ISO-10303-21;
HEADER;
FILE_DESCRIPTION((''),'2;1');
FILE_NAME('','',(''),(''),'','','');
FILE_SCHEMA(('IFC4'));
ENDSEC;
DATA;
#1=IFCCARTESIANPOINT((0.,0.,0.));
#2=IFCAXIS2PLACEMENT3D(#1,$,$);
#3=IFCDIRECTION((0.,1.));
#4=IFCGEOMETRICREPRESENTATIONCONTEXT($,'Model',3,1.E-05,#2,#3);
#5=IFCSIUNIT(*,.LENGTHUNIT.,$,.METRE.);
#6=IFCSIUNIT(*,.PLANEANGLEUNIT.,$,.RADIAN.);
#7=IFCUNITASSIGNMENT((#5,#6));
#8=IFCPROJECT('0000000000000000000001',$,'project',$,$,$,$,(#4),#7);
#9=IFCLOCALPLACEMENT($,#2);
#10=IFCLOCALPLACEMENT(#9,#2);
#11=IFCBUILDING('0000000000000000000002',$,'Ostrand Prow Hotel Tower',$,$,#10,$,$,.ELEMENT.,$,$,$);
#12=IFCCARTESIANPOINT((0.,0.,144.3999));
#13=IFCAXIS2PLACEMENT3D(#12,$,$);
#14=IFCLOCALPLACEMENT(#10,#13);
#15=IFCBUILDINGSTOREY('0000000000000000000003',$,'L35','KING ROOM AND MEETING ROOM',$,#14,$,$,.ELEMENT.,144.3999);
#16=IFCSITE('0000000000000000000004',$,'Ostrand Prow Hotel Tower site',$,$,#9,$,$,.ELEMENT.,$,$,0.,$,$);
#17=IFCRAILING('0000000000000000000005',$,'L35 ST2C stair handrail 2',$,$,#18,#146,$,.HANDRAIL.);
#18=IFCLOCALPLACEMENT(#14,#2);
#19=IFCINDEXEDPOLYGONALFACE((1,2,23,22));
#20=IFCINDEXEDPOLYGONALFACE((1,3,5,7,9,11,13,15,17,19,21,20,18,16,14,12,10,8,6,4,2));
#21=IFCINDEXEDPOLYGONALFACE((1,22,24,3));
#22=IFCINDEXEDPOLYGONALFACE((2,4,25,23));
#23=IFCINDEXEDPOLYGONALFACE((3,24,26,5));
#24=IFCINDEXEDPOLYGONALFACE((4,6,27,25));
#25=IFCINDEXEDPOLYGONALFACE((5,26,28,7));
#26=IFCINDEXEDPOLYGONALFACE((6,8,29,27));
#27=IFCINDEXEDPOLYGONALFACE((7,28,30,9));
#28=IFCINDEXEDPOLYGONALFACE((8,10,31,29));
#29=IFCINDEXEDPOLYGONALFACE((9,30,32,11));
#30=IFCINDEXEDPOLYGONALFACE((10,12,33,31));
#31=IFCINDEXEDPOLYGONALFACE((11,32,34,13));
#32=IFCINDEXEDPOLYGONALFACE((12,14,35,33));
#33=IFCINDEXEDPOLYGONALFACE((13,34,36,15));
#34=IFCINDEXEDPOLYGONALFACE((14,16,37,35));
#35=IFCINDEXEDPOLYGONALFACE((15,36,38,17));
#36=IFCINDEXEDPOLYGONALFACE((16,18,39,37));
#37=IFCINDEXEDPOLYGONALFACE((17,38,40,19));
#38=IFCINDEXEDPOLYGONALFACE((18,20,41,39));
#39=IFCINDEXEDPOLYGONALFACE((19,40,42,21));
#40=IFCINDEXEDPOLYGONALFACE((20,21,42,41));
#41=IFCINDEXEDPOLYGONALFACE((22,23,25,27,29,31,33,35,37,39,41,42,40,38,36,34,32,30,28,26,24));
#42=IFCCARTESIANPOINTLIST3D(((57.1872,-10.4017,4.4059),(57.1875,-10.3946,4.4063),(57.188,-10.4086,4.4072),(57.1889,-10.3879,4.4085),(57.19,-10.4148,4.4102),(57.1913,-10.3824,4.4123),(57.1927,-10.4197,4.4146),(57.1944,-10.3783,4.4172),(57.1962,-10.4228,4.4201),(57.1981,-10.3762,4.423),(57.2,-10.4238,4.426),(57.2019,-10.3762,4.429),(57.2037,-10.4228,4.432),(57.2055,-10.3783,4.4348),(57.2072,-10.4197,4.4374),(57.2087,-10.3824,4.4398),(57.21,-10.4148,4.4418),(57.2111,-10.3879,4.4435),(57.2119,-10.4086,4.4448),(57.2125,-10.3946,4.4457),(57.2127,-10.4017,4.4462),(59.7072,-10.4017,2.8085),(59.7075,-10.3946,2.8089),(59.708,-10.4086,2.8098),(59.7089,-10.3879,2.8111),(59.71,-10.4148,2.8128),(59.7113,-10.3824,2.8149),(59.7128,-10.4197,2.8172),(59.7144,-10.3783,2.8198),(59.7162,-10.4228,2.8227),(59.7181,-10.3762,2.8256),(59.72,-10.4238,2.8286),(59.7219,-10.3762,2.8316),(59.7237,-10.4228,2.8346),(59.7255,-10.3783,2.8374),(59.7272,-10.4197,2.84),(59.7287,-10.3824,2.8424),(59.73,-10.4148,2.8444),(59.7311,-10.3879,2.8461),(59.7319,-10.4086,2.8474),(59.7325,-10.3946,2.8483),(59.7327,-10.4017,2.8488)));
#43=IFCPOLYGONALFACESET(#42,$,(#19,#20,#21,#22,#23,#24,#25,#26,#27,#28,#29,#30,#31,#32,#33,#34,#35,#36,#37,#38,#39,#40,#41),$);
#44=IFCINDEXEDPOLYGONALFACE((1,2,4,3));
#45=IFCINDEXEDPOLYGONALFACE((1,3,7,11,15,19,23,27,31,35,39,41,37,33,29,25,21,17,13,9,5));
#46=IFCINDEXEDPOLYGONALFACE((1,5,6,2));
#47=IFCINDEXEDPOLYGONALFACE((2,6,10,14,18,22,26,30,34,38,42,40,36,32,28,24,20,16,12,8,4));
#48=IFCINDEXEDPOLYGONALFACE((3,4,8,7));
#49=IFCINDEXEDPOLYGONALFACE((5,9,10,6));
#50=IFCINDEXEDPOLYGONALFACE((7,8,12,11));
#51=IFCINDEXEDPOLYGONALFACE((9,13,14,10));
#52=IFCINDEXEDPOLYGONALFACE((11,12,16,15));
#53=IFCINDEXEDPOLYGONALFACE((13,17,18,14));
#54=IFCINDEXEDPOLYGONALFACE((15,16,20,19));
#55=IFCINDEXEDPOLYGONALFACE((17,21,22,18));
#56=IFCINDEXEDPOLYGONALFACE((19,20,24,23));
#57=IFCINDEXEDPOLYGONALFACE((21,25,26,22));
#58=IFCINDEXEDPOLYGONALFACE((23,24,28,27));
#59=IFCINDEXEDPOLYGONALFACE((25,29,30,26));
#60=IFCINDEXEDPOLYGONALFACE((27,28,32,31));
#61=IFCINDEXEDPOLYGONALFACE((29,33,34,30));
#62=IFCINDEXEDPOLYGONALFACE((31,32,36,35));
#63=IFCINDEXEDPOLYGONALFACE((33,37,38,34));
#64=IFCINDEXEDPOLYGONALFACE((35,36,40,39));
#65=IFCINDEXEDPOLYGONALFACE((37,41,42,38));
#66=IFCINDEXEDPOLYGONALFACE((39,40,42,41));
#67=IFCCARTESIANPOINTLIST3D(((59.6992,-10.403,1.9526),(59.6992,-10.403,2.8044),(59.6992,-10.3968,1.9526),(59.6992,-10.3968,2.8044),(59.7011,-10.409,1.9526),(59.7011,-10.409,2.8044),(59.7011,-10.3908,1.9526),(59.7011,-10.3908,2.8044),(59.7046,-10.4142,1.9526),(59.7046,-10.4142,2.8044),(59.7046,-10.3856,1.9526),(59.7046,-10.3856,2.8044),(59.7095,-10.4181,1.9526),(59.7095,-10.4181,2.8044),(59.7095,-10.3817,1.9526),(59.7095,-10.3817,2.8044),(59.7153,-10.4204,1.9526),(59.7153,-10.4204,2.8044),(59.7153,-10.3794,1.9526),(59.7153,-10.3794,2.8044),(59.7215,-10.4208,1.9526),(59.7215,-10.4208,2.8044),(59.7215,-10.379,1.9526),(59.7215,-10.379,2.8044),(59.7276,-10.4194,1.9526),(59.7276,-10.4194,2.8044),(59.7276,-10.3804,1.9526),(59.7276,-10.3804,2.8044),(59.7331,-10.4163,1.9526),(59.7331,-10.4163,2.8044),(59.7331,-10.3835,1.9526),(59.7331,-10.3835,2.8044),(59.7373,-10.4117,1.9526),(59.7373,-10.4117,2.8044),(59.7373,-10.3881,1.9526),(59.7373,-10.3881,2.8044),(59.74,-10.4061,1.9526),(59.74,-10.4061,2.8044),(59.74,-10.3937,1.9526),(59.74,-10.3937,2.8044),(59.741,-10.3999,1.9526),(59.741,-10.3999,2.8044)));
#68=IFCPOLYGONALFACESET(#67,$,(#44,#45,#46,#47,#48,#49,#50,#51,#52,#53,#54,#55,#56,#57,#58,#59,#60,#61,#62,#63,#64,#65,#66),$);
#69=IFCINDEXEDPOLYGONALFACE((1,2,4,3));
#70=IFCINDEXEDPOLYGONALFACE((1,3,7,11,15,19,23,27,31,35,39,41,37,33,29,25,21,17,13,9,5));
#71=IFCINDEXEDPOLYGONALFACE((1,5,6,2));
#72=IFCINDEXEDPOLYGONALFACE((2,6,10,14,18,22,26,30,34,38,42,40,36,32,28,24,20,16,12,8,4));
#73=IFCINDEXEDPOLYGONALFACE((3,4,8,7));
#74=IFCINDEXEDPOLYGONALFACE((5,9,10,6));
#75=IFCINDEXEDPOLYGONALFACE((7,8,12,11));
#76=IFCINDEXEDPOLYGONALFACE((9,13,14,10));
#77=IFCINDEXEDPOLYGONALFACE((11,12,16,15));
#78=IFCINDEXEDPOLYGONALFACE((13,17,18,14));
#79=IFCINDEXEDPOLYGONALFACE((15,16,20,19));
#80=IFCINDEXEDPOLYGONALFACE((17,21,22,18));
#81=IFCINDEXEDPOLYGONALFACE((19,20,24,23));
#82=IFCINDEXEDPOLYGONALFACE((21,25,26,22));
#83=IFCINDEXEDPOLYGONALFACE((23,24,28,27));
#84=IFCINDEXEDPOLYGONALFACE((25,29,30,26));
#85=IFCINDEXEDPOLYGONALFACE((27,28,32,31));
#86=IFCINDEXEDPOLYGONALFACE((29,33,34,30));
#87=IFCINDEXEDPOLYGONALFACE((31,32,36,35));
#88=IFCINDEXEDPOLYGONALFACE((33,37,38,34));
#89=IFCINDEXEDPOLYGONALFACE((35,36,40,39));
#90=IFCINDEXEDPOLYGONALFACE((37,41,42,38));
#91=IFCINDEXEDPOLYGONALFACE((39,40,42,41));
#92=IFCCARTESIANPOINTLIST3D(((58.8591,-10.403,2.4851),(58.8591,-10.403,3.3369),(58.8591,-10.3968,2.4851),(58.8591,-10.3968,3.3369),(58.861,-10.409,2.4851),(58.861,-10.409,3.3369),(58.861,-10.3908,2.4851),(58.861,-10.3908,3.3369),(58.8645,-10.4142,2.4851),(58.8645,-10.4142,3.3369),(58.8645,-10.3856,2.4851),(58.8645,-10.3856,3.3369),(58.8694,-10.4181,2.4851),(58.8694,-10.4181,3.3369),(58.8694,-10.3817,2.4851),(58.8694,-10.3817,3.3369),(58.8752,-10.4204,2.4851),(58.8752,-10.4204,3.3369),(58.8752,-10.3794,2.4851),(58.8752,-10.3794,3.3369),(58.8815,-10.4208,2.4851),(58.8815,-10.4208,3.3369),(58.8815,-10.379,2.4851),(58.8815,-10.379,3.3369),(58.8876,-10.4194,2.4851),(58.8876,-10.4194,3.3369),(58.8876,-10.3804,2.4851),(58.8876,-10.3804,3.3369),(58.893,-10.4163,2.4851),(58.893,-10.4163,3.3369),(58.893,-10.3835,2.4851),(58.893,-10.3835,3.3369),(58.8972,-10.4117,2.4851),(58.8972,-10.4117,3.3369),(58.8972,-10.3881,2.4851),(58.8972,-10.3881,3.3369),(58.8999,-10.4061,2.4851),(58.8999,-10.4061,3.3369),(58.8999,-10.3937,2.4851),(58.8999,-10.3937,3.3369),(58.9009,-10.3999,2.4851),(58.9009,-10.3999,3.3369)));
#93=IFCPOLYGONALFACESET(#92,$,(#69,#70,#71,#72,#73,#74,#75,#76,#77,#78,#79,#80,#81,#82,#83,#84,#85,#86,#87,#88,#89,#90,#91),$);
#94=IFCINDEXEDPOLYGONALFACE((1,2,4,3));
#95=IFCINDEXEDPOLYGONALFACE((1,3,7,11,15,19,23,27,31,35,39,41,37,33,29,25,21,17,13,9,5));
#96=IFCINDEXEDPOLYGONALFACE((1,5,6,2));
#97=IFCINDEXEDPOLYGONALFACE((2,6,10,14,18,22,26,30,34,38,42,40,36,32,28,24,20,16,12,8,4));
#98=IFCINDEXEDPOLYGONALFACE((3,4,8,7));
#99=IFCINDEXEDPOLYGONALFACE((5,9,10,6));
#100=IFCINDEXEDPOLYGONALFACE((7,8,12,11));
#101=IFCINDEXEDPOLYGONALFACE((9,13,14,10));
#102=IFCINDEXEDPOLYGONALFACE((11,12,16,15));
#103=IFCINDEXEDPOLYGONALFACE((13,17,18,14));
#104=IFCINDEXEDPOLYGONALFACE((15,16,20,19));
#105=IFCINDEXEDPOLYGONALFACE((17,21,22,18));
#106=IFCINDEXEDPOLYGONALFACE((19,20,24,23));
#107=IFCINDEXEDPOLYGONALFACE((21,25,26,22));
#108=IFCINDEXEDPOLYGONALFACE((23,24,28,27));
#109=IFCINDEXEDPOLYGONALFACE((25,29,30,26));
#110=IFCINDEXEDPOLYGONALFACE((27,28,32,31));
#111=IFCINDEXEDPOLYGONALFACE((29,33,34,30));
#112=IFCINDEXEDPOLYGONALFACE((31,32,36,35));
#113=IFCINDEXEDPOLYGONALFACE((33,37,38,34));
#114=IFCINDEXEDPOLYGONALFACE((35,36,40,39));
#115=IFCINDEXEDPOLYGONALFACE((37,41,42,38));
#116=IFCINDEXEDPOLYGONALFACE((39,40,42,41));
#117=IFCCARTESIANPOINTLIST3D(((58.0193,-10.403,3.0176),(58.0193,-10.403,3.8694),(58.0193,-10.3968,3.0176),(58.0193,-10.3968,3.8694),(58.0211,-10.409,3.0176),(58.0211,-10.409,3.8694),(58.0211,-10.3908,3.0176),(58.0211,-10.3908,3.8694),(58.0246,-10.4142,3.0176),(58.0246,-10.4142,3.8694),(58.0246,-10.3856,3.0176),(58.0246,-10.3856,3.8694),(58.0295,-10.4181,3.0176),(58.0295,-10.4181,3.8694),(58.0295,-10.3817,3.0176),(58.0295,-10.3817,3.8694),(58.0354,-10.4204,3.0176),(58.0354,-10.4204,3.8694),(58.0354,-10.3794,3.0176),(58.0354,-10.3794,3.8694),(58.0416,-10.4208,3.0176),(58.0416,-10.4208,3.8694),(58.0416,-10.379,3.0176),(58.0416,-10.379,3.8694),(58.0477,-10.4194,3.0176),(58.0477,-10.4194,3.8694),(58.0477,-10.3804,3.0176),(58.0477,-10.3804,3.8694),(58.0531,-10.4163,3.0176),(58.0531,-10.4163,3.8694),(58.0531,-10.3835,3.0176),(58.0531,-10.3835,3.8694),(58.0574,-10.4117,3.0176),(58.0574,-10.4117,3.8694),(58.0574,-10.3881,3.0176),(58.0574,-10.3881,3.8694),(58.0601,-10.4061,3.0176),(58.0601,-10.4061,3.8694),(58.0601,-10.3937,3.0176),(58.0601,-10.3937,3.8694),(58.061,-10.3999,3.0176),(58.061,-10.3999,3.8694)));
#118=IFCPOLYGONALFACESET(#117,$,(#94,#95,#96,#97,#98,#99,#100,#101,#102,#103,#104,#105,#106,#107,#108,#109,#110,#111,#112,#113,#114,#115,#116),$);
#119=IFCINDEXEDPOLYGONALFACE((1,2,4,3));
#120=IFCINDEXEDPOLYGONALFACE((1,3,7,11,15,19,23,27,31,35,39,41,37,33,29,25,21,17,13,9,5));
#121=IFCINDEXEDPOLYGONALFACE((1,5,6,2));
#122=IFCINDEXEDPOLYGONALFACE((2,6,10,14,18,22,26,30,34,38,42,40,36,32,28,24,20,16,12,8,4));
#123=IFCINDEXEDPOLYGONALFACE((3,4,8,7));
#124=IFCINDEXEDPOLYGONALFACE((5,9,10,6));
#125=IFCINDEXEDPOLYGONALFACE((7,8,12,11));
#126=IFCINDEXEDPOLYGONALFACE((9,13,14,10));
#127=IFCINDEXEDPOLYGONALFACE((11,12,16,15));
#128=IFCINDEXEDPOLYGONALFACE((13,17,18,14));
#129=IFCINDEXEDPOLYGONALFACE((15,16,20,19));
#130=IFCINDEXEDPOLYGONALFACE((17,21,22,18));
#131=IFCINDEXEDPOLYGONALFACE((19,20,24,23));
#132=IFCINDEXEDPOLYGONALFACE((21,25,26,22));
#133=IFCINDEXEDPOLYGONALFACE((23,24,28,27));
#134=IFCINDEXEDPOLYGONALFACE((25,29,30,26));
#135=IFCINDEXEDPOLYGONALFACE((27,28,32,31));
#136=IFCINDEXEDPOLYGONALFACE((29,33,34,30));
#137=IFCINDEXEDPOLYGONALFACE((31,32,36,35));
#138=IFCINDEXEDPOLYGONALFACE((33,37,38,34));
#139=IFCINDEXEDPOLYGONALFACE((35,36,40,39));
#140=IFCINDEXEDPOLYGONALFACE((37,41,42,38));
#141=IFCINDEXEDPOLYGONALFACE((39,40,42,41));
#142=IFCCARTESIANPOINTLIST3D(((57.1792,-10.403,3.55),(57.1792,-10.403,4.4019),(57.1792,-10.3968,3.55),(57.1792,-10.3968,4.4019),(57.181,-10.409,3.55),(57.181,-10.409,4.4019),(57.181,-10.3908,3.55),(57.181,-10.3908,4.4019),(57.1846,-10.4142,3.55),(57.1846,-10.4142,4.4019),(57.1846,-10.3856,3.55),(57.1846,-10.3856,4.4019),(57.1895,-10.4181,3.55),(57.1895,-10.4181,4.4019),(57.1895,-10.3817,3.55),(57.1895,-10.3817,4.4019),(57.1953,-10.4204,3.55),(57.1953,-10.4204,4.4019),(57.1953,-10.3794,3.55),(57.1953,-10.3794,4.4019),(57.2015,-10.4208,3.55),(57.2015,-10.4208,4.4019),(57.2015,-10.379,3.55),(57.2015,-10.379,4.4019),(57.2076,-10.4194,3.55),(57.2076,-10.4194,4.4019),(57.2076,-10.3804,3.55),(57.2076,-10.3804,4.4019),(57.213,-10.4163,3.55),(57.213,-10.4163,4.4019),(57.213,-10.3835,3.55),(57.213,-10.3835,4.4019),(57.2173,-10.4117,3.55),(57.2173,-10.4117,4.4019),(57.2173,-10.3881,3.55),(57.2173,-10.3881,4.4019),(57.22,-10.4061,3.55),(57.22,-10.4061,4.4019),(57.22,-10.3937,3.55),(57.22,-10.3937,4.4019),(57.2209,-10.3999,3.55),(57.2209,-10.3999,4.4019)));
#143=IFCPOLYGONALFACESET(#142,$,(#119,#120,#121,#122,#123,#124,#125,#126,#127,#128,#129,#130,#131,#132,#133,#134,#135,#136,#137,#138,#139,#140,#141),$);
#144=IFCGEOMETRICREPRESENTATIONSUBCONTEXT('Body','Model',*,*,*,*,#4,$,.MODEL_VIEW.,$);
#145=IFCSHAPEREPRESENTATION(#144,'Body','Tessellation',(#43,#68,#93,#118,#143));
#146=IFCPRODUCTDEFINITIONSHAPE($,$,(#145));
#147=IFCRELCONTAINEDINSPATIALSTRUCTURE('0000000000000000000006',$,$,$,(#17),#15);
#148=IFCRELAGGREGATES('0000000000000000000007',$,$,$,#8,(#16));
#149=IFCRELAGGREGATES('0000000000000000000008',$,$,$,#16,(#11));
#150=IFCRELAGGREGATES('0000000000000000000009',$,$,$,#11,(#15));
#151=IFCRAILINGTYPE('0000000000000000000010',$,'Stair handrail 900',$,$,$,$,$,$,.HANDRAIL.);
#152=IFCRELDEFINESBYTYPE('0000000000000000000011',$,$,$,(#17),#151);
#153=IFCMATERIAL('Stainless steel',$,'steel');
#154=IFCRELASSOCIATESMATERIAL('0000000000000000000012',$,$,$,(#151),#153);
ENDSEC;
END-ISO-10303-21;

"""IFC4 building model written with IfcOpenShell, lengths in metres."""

from ifc_helpers import new_model, si_unit, direction, frame, origin, origin_2d, place, context, subcontext, project, spatial, circle, extrude, material, type_object, element, save


model = new_model("IFC4")

# Units and contexts
model_context = context("Model", 3, precision=1e-05, world=origin(), true_north=direction((0.0, 1.0)))
body_context = subcontext(model_context, "Body", "Model", "MODEL_VIEW")
ifc_project = project(units=[si_unit("LENGTHUNIT", "METRE"), si_unit("PLANEANGLEUNIT", "RADIAN")], contexts=[model_context])

# Site, building, storey
site_placement = place(None, origin())
site = spatial("IfcSite", under=ifc_project, at=site_placement, Name="Ostrand Prow Hotel Tower site", CompositionType="ELEMENT", RefElevation=0.0)
building_placement = place(site_placement, origin())
building = spatial("IfcBuilding", under=site, at=building_placement, Name="Ostrand Prow Hotel Tower", CompositionType="ELEMENT")
storey_placement = place(building_placement, frame((0.0, 0.0, 144.3999)))
storey = spatial("IfcBuildingStorey", under=building, at=storey_placement, Name="L35", Description="KING ROOM AND MEETING ROOM", CompositionType="ELEMENT", Elevation=144.3999)

# Railing
ifc_material_1 = material(Name="Stainless steel", Category="steel")
railing_type_1 = type_object("IfcRailingType", Name="Stair handrail 900", PredefinedType="HANDRAIL", material=ifc_material_1)
railing_1_placement = place(storey_placement, frame((59.72, -10.3999, 1.9526)))
element("IfcRailing", 1, at=railing_1_placement, inside=storey, type_object=railing_type_1, Name="L35 ST2C stair handrail 2", PredefinedType="HANDRAIL", context=body_context, shape_type="SweptSolid", body=[
    extrude(circle(Radius=0.0239, at=origin_2d()), frame((0.0, 0.0, 0.876), z_axis=(-0.844607, 0.0, 0.535387), x_axis=(0.0, -1.0, 0.0)), (0.0, 0.0, 1.0), 2.9836),
    extrude(circle(Radius=0.021, at=origin_2d()), origin(), (0.0, 0.0, 1.0), 0.8518),
    extrude(circle(Radius=0.021, at=origin_2d()), frame((-0.8401, 0.0, 0.5325)), (0.0, 0.0, 1.0), 0.8518),
    extrude(circle(Radius=0.021, at=origin_2d()), frame((-1.6799, 0.0, 1.0649)), (0.0, 0.0, 1.0), 0.8518),
    extrude(circle(Radius=0.021, at=origin_2d()), frame((-2.52, 0.0, 1.5974)), (0.0, 0.0, 1.0), 0.8518),
])

save(model, "model.ifc")
